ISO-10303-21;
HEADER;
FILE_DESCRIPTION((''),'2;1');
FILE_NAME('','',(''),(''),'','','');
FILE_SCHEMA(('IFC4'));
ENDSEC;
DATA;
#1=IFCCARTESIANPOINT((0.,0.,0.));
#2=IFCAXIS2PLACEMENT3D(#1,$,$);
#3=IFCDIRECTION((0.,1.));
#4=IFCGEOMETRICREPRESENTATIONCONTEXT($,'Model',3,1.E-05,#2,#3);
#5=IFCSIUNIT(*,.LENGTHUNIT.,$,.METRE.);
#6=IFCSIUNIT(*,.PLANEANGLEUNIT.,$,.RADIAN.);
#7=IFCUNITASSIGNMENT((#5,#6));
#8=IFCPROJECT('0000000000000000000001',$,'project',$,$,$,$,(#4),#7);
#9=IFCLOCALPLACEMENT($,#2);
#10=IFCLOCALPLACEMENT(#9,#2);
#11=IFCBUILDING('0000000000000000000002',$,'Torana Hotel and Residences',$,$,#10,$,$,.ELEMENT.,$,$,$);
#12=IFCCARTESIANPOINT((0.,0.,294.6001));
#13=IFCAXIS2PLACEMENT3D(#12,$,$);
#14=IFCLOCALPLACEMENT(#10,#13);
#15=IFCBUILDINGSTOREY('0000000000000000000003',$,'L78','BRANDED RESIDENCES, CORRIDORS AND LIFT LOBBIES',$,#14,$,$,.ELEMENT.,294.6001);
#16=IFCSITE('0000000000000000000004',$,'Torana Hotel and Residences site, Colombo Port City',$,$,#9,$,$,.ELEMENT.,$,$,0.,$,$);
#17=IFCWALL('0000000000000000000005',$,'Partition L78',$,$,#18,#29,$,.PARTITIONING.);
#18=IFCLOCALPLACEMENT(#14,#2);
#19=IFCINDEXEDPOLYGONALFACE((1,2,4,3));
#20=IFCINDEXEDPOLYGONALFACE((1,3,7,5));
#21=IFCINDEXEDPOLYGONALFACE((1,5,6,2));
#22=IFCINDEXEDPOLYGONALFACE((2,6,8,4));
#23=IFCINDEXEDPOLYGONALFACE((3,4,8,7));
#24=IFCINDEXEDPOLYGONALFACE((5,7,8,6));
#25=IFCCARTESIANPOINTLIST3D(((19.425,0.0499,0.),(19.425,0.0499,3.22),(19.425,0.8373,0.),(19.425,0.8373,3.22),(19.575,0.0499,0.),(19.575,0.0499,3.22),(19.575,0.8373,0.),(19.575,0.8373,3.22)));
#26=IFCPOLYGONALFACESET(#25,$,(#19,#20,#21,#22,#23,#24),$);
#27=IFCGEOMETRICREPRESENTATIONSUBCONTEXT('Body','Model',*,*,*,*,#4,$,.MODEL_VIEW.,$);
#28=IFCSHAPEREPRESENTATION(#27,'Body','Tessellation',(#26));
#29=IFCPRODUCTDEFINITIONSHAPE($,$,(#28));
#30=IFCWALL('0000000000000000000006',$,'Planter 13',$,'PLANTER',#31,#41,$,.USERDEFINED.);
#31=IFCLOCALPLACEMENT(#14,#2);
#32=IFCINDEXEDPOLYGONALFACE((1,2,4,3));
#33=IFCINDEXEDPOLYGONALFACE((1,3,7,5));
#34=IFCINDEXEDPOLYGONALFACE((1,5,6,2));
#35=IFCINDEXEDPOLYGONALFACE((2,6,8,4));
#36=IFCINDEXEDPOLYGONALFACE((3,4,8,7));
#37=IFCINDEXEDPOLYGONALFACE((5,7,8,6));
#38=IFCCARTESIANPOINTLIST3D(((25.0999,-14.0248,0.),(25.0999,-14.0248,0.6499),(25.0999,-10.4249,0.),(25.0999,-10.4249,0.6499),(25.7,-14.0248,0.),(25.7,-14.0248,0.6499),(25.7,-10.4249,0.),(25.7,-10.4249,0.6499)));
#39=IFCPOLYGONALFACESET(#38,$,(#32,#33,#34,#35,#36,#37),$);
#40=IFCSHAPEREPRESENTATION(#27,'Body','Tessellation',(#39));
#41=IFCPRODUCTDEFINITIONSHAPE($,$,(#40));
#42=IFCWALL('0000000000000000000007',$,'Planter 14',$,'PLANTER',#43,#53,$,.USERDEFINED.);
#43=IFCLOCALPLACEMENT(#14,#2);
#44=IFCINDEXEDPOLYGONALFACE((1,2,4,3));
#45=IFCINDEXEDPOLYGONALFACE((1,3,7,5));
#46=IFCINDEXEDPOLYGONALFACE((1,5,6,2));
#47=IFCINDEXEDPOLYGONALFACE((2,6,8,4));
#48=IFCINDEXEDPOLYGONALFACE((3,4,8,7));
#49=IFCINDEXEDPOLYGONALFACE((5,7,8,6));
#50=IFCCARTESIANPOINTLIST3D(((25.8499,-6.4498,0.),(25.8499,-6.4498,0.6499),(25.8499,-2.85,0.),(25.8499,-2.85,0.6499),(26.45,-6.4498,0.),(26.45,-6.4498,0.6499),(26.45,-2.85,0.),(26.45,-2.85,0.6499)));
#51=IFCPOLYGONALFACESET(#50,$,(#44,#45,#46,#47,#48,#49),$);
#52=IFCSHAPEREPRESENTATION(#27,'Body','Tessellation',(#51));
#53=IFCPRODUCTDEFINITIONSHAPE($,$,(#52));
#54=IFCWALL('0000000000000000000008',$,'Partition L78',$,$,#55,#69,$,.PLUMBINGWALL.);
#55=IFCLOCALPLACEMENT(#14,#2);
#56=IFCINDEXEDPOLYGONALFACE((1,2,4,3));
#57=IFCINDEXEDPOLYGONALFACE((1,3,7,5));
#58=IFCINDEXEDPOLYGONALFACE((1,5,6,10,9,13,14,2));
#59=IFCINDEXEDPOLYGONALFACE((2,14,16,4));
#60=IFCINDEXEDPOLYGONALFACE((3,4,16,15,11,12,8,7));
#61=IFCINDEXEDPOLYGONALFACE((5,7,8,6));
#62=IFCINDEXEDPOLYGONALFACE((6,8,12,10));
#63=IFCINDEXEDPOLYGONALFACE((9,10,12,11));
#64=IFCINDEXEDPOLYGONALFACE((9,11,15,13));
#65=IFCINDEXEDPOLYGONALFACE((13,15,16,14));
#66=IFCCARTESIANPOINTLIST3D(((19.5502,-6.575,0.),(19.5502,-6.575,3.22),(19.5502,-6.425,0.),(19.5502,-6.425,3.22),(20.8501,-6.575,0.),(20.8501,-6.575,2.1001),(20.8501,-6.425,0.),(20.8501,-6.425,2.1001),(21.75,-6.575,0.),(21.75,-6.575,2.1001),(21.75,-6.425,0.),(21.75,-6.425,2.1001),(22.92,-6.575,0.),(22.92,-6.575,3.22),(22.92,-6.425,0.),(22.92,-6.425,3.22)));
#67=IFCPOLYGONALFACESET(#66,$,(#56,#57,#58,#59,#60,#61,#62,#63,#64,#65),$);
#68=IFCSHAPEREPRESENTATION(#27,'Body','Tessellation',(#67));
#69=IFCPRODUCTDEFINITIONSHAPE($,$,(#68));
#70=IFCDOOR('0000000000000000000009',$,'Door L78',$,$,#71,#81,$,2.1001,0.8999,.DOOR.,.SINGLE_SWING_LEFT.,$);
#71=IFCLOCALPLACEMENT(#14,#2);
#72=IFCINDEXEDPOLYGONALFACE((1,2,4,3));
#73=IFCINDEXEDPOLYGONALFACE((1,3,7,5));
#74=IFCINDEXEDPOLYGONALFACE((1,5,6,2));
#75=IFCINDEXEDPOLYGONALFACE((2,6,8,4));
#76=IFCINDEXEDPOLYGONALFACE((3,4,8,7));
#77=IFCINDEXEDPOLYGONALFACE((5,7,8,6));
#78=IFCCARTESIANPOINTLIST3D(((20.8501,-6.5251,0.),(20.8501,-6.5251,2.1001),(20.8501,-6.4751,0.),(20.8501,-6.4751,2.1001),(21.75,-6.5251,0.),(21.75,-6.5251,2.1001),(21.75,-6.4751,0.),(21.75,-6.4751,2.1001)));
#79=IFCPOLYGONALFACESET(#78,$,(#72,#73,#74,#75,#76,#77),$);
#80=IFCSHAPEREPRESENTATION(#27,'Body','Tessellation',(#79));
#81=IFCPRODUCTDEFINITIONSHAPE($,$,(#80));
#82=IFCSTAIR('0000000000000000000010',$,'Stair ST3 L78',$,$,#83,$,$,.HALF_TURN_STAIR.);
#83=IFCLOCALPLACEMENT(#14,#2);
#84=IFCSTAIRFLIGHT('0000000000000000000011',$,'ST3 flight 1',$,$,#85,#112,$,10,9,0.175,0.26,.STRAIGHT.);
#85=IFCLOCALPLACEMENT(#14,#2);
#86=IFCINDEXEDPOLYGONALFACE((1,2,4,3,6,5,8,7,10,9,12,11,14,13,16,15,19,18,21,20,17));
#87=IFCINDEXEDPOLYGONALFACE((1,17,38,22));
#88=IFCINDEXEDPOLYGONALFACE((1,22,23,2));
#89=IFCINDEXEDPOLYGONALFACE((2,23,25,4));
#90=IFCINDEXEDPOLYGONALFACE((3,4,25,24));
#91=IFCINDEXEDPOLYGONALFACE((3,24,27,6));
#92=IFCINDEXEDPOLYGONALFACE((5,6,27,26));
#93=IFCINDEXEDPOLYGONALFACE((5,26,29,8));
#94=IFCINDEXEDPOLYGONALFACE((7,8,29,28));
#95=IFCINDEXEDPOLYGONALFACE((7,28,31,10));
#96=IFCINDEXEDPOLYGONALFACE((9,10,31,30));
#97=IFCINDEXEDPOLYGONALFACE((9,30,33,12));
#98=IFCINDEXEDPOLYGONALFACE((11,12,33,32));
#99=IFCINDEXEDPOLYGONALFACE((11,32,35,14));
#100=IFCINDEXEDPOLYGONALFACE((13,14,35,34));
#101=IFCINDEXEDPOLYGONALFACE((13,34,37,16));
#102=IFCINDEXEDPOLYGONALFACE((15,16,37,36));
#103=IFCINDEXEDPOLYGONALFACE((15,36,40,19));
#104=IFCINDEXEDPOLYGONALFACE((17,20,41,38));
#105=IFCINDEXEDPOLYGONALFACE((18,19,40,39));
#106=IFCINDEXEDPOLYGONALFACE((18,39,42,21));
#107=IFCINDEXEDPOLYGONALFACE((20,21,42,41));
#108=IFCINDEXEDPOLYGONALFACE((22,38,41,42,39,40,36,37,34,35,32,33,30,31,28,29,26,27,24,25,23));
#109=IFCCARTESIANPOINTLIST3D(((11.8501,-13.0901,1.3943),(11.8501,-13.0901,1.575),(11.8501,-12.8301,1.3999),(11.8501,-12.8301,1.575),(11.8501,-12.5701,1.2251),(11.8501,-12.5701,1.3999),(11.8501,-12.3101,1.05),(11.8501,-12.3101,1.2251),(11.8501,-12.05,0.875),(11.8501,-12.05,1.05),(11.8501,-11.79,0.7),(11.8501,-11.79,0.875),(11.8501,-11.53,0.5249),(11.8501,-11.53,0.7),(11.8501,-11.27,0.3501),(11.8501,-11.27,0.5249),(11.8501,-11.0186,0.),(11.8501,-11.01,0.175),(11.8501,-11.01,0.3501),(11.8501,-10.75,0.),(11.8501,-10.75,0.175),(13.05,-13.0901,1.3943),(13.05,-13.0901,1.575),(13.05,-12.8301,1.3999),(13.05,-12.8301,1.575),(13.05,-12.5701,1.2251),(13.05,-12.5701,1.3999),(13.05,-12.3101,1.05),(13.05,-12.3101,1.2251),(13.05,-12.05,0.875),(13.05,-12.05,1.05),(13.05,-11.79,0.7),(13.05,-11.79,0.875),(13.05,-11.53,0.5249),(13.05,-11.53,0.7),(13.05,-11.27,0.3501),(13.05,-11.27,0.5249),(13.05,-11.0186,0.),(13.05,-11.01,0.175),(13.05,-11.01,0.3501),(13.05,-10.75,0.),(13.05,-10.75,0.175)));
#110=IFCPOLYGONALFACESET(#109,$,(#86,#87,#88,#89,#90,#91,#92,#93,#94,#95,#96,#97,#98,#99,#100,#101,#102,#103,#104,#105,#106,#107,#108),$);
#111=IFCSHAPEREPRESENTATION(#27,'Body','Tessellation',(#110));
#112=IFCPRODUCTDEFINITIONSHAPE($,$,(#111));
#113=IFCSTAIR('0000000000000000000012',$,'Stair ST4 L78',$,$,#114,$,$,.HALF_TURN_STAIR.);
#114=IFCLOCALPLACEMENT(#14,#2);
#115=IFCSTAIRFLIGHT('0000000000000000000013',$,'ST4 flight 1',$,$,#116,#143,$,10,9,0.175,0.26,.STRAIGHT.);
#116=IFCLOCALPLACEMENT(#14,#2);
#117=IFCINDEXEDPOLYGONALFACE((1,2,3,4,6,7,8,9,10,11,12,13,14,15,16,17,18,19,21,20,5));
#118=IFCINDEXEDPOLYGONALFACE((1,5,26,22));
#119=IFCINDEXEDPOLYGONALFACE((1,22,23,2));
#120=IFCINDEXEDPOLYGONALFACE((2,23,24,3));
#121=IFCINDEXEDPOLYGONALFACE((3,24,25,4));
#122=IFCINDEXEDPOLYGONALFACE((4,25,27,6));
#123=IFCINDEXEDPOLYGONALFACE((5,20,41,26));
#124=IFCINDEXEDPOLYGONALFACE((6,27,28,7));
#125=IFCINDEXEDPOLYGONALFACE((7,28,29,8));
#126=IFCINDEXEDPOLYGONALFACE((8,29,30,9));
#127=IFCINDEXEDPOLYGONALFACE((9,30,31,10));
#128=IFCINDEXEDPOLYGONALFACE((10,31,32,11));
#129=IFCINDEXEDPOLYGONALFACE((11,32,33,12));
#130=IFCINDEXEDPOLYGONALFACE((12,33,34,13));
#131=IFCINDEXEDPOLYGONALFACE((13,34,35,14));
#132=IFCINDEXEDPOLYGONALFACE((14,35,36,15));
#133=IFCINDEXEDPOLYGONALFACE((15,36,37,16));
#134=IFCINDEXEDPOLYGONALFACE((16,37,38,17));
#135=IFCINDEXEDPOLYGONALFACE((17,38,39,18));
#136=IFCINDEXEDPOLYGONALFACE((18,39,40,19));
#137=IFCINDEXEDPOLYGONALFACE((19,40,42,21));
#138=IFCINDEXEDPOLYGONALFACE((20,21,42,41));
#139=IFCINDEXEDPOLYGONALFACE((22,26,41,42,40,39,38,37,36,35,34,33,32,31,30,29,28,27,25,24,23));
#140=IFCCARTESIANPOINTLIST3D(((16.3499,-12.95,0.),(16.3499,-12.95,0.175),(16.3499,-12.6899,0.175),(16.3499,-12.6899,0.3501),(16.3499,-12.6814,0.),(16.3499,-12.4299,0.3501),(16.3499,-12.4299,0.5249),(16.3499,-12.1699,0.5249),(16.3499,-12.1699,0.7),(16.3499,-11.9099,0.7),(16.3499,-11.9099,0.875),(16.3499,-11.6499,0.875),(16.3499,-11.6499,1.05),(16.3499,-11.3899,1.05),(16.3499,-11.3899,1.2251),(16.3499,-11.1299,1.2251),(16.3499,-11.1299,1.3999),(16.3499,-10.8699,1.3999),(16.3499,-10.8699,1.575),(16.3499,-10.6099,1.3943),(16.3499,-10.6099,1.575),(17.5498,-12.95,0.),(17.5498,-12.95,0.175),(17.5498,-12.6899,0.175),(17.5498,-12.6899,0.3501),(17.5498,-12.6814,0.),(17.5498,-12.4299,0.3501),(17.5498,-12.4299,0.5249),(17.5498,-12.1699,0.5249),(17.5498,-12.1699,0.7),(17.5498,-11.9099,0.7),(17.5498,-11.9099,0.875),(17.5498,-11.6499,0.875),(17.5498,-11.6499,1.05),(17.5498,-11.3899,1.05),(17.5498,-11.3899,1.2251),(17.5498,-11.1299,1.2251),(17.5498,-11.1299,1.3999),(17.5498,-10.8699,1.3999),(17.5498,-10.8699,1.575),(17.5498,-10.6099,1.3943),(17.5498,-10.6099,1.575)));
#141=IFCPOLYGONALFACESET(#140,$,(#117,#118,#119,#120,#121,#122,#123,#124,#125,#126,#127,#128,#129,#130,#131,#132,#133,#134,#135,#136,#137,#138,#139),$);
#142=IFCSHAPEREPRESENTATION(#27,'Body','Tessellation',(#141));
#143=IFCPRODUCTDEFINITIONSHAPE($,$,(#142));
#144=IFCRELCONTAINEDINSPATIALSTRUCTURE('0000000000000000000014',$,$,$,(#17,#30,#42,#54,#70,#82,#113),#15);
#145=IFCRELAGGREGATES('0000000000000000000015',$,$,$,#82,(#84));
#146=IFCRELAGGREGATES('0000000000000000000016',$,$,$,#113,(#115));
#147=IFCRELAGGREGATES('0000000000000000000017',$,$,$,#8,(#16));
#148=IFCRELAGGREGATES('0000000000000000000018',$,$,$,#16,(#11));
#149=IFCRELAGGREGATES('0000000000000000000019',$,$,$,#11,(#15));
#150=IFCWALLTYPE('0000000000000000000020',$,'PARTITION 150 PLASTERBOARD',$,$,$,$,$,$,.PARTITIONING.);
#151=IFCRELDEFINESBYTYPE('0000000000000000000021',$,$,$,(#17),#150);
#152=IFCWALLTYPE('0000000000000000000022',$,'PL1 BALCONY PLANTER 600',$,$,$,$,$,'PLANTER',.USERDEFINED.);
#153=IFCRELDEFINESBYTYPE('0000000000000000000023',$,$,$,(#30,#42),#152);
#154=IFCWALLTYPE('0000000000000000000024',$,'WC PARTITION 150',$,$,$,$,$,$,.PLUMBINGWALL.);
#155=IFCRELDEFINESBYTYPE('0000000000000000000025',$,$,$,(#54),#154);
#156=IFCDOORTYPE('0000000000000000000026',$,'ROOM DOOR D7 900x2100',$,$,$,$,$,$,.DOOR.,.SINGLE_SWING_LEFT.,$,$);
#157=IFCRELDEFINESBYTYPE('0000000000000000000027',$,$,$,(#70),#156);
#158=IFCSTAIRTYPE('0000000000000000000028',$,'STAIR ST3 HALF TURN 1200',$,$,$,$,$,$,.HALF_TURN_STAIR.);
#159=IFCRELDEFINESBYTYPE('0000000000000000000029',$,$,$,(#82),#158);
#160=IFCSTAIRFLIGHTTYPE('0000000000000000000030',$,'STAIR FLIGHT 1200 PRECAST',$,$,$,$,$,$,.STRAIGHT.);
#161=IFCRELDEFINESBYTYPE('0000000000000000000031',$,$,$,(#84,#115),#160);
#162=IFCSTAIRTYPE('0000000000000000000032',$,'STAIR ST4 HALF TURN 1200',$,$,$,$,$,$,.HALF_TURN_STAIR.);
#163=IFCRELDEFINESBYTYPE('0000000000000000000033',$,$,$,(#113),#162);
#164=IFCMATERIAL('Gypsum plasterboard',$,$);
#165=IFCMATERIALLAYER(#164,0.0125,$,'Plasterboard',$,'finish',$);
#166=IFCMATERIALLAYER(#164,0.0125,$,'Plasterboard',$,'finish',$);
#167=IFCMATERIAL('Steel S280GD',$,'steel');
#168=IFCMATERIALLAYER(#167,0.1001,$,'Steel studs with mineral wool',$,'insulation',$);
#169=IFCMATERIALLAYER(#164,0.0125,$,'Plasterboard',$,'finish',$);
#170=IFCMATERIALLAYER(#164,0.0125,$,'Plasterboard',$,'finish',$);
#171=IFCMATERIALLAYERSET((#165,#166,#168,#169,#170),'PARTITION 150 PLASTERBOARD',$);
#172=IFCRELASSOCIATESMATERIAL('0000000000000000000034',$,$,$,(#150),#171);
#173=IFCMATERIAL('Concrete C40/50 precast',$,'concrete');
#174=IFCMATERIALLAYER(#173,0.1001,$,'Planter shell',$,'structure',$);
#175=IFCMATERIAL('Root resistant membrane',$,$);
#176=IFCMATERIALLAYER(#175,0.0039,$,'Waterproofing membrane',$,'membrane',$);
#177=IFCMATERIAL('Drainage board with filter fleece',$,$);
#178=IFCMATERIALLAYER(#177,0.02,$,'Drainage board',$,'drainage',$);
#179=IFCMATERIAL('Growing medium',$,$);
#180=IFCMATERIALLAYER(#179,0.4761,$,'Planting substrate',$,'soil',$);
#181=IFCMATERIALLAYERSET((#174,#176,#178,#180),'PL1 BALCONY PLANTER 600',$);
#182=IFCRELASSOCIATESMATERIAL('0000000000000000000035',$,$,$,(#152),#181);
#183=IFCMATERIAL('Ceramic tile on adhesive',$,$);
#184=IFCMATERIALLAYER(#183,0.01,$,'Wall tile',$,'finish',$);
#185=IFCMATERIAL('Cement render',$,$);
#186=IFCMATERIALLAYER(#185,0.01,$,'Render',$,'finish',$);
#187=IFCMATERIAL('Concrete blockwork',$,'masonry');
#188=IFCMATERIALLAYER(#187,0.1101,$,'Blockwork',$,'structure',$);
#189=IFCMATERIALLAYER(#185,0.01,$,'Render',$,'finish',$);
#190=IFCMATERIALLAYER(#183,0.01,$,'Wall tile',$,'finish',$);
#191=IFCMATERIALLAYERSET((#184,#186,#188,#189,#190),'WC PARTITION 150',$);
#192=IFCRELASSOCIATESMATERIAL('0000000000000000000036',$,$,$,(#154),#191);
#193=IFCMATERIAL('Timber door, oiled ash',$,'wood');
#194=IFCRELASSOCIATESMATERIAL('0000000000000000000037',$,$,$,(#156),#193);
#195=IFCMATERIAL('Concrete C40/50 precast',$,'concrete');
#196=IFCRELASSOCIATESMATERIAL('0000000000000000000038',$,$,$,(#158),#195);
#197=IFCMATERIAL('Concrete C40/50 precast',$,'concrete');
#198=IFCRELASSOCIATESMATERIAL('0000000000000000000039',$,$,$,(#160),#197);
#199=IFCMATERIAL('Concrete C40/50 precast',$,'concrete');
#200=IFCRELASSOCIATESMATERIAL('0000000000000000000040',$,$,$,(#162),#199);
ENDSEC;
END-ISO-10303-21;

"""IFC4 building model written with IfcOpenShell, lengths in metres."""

from ifc_helpers import new_model, si_unit, direction, frame, frame_2d, origin, place, context, subcontext, project, spatial, polyline, rectangle, outline, extrude, material, layer, layer_set, type_object, element, fill, aggregate, save


model = new_model("IFC4")

# Units and contexts
model_context = context("Model", 3, precision=1e-05, world=origin(), true_north=direction((0.0, 1.0)))
body_context = subcontext(model_context, "Body", "Model", "MODEL_VIEW")
ifc_project = project(units=[si_unit("LENGTHUNIT", "METRE"), si_unit("PLANEANGLEUNIT", "RADIAN")], contexts=[model_context])

# Site, building, storey
site_placement = place(None, origin())
site = spatial("IfcSite", under=ifc_project, at=site_placement, Name="Torana Hotel and Residences site, Colombo Port City", CompositionType="ELEMENT", RefElevation=0.0)
building_placement = place(site_placement, origin())
building = spatial("IfcBuilding", under=site, at=building_placement, Name="Torana Hotel and Residences", CompositionType="ELEMENT")
storey_placement = place(building_placement, frame((0.0, 0.0, 294.6001)))
storey = spatial("IfcBuildingStorey", under=building, at=storey_placement, Name="L78", Description="BRANDED RESIDENCES, CORRIDORS AND LIFT LOBBIES", CompositionType="ELEMENT", Elevation=294.6001)

# Shared definitions
ifc_material_1 = material(Name="Steel S280GD", Category="steel")

# Shared definitions
ifc_material_2 = material(Name="Concrete C40/50 precast", Category="concrete")

# Walls
ifc_material_3 = material(Name="Concrete blockwork", Category="masonry")
ifc_material_4 = material(Name="Gypsum plasterboard")
ifc_layer_1 = layer(ifc_material_4, 0.0125, Name="Plasterboard", Category="finish")
ifc_layer_2 = layer(ifc_material_4, 0.0125, Name="Plasterboard", Category="finish")
ifc_layer_3 = layer(ifc_material_1, 0.1001, Name="Steel studs with mineral wool", Category="insulation")
ifc_layer_4 = layer(ifc_material_4, 0.0125, Name="Plasterboard", Category="finish")
ifc_layer_5 = layer(ifc_material_4, 0.0125, Name="Plasterboard", Category="finish")
ifc_layer_set_1 = layer_set([ifc_layer_1, ifc_layer_2, ifc_layer_3, ifc_layer_4, ifc_layer_5], Name="PARTITION 150 PLASTERBOARD")
wall_type_1 = type_object("IfcWallType", Name="PARTITION 150 PLASTERBOARD", PredefinedType="PARTITIONING", material=ifc_layer_set_1)
wall_1_placement = place(storey_placement, frame((19.5, 0.05, 0.0), z_axis=(0.0, 0.0, 1.0), x_axis=(0.0, 1.0, 0.0)))
element("IfcWall", 1, at=wall_1_placement, inside=storey, type_object=wall_type_1, Name="Partition L78", PredefinedType="PARTITIONING", context=body_context, shape_type="SweptSolid", body=[
    extrude(rectangle(XDim=0.7874, YDim=0.1499, at=frame_2d((0.3936, 0.0))), origin(), (0.0, 0.0, 1.0), 3.22),
])
ifc_layer_6 = layer(ifc_material_2, 0.1001, Name="Planter shell", Category="structure")
ifc_material_5 = material(Name="Root resistant membrane")
ifc_layer_7 = layer(ifc_material_5, 0.0039, Name="Waterproofing membrane", Category="membrane")
ifc_material_6 = material(Name="Drainage board with filter fleece")
ifc_layer_8 = layer(ifc_material_6, 0.02, Name="Drainage board", Category="drainage")
ifc_material_7 = material(Name="Growing medium")
ifc_layer_9 = layer(ifc_material_7, 0.4761, Name="Planting substrate", Category="soil")
ifc_layer_set_2 = layer_set([ifc_layer_6, ifc_layer_7, ifc_layer_8, ifc_layer_9], Name="PL1 BALCONY PLANTER 600")
wall_type_2 = type_object("IfcWallType", Name="PL1 BALCONY PLANTER 600", ElementType="PLANTER", PredefinedType="USERDEFINED", material=ifc_layer_set_2)
for number, where, z_axis, x_axis, name in (
    (2, (25.3999, -10.425, 0.0), (0.0, 0.0, 1.0), (0.0, -1.0, 0.0), "Planter 13"),
    (3, (26.1499, -2.8501, 0.0), (0.0, 0.0, 1.0), (0.0, -1.0, 0.0), "Planter 14"),
):
    element("IfcWall", number, at=place(storey_placement, frame(where, z_axis=z_axis, x_axis=x_axis)), inside=storey, type_object=wall_type_2, Name=name, ObjectType="PLANTER", PredefinedType="USERDEFINED", context=body_context, shape_type="SweptSolid", body=[
        extrude(rectangle(XDim=3.5999, YDim=0.6001, at=frame_2d((1.7998, 0.0))), origin(), (0.0, 0.0, 1.0), 0.6499),
    ])

# Wall, opening, door
ifc_material_8 = material(Name="Ceramic tile on adhesive")
ifc_layer_10 = layer(ifc_material_8, 0.01, Name="Wall tile", Category="finish")
ifc_material_9 = material(Name="Cement render")
ifc_layer_11 = layer(ifc_material_9, 0.01, Name="Render", Category="finish")
ifc_layer_12 = layer(ifc_material_3, 0.1101, Name="Blockwork", Category="structure")
ifc_layer_13 = layer(ifc_material_9, 0.01, Name="Render", Category="finish")
ifc_layer_14 = layer(ifc_material_8, 0.01, Name="Wall tile", Category="finish")
ifc_layer_set_3 = layer_set([ifc_layer_10, ifc_layer_11, ifc_layer_12, ifc_layer_13, ifc_layer_14], Name="WC PARTITION 150")
wall_type_3 = type_object("IfcWallType", Name="WC PARTITION 150", PredefinedType="PLUMBINGWALL", material=ifc_layer_set_3)
wall_2_placement = place(storey_placement, frame((19.55, -6.5, 0.0), z_axis=(0.0, 0.0, 1.0), x_axis=(1.0, 0.0, 0.0)))
wall_2 = element("IfcWall", 4, at=wall_2_placement, inside=storey, type_object=wall_type_3, Name="Partition L78", PredefinedType="PLUMBINGWALL", context=body_context, shape_type="SweptSolid", body=[
    extrude(rectangle(XDim=3.3699, YDim=0.1499, at=frame_2d((1.6851, 0.0))), origin(), (0.0, 0.0, 1.0), 3.22),
])
opening_1_placement = place(wall_2_placement, frame((1.3, 0.0, 0.0)))
opening_1 = element("IfcOpeningElement", 5, at=opening_1_placement, cuts=wall_2, PredefinedType="OPENING", context=body_context, shape_type="SweptSolid", body=[
    extrude(rectangle(XDim=0.8999, YDim=2.1001, at=frame_2d((0.45, 1.05))), frame((0.0, 0.085, 0.0), z_axis=(0.0, -1.0, 0.0), x_axis=(1.0, 0.0, 0.0)), (0.0, 0.0, 1.0), 0.1699),
])
ifc_material_10 = material(Name="Timber door, oiled ash", Category="wood")
door_type = type_object("IfcDoorType", Name="ROOM DOOR D7 900x2100", OperationType="SINGLE_SWING_LEFT", PredefinedType="DOOR", material=ifc_material_10)
door_placement = place(opening_1_placement, origin())
door = element("IfcDoor", 6, at=door_placement, inside=storey, type_object=door_type, Name="Door L78", OperationType="SINGLE_SWING_LEFT", OverallHeight=2.1001, OverallWidth=0.8999, PredefinedType="DOOR", context=body_context, shape_type="SweptSolid", body=[
    extrude(rectangle(XDim=0.8999, YDim=2.1001, at=frame_2d((0.45, 1.05))), frame((0.0, 0.0249, 0.0), z_axis=(0.0, -1.0, 0.0), x_axis=(1.0, 0.0, 0.0)), (0.0, 0.0, 1.0), 0.05),
])
fill(opening_1, door)

# Stair, stair flight
ifc_material_11 = material(Name="Concrete C40/50 precast", Category="concrete")
stair_type_1 = type_object("IfcStairType", Name="STAIR ST3 HALF TURN 1200", PredefinedType="HALF_TURN_STAIR", material=ifc_material_11)
stair_1_placement = place(storey_placement, origin())
stair_1 = element("IfcStair", 7, at=stair_1_placement, inside=storey, type_object=stair_type_1, Name="Stair ST3 L78", PredefinedType="HALF_TURN_STAIR")
ifc_material_12 = material(Name="Concrete C40/50 precast", Category="concrete")
stair_flight_type = type_object("IfcStairFlightType", Name="STAIR FLIGHT 1200 PRECAST", PredefinedType="STRAIGHT", material=ifc_material_12)
stair_flight_1_placement = place(storey_placement, frame((12.45, -10.75, 0.0), z_axis=(0.0, 0.0, 1.0), x_axis=(0.0, -1.0, 0.0)))
stair_flight_1 = element("IfcStairFlight", 8, at=stair_flight_1_placement, type_object=stair_flight_type, Name="ST3 flight 1", NumberOfRisers=10, NumberOfTreads=9, PredefinedType="STRAIGHT", RiserHeight=0.175, TreadLength=0.26, context=body_context, shape_type="SweptSolid", body=[
    extrude(outline(polyline([(0.0, 0.0), (0.0, 0.175), (0.26, 0.175), (0.26, 0.3501), (0.52, 0.3501), (0.52, 0.5249), (0.78, 0.5249), (0.78, 0.7), (1.04, 0.7), (1.04, 0.875), (1.3, 0.875), (1.3, 1.05), (1.5601, 1.05), (1.5601, 1.2251), (1.8201, 1.2251), (1.8201, 1.3999), (2.0801, 1.3999), (2.0801, 1.575), (2.3401, 1.575), (2.3401, 1.75), (2.3401, 1.3943), (0.2686, 0.0), (0.0, 0.0)])), frame((0.0, 0.6001, 0.0), z_axis=(0.0, -1.0, 0.0), x_axis=(1.0, 0.0, 0.0)), (0.0, 0.0, 1.0), 1.2),
])
aggregate(stair_1, [stair_flight_1])

# Stair, stair flight
ifc_material_13 = material(Name="Concrete C40/50 precast", Category="concrete")
stair_type_2 = type_object("IfcStairType", Name="STAIR ST4 HALF TURN 1200", PredefinedType="HALF_TURN_STAIR", material=ifc_material_13)
stair_2_placement = place(storey_placement, origin())
stair_2 = element("IfcStair", 9, at=stair_2_placement, inside=storey, type_object=stair_type_2, Name="Stair ST4 L78", PredefinedType="HALF_TURN_STAIR")
stair_flight_2_placement = place(storey_placement, frame((16.95, -12.95, 0.0), z_axis=(0.0, 0.0, 1.0), x_axis=(0.0, 1.0, 0.0)))
stair_flight_2 = element("IfcStairFlight", 10, at=stair_flight_2_placement, type_object=stair_flight_type, Name="ST4 flight 1", NumberOfRisers=10, NumberOfTreads=9, PredefinedType="STRAIGHT", RiserHeight=0.175, TreadLength=0.26, context=body_context, shape_type="SweptSolid", body=[
    extrude(outline(polyline([(0.0, 0.0), (0.0, 0.175), (0.26, 0.175), (0.26, 0.3501), (0.52, 0.3501), (0.52, 0.5249), (0.78, 0.5249), (0.78, 0.7), (1.04, 0.7), (1.04, 0.875), (1.3, 0.875), (1.3, 1.05), (1.5601, 1.05), (1.5601, 1.2251), (1.8201, 1.2251), (1.8201, 1.3999), (2.0801, 1.3999), (2.0801, 1.575), (2.3401, 1.575), (2.3401, 1.75), (2.3401, 1.3943), (0.2686, 0.0), (0.0, 0.0)])), frame((0.0, 0.6001, 0.0), z_axis=(0.0, -1.0, 0.0), x_axis=(1.0, 0.0, 0.0)), (0.0, 0.0, 1.0), 1.2),
])
aggregate(stair_2, [stair_flight_2])

save(model, "model.ifc")
